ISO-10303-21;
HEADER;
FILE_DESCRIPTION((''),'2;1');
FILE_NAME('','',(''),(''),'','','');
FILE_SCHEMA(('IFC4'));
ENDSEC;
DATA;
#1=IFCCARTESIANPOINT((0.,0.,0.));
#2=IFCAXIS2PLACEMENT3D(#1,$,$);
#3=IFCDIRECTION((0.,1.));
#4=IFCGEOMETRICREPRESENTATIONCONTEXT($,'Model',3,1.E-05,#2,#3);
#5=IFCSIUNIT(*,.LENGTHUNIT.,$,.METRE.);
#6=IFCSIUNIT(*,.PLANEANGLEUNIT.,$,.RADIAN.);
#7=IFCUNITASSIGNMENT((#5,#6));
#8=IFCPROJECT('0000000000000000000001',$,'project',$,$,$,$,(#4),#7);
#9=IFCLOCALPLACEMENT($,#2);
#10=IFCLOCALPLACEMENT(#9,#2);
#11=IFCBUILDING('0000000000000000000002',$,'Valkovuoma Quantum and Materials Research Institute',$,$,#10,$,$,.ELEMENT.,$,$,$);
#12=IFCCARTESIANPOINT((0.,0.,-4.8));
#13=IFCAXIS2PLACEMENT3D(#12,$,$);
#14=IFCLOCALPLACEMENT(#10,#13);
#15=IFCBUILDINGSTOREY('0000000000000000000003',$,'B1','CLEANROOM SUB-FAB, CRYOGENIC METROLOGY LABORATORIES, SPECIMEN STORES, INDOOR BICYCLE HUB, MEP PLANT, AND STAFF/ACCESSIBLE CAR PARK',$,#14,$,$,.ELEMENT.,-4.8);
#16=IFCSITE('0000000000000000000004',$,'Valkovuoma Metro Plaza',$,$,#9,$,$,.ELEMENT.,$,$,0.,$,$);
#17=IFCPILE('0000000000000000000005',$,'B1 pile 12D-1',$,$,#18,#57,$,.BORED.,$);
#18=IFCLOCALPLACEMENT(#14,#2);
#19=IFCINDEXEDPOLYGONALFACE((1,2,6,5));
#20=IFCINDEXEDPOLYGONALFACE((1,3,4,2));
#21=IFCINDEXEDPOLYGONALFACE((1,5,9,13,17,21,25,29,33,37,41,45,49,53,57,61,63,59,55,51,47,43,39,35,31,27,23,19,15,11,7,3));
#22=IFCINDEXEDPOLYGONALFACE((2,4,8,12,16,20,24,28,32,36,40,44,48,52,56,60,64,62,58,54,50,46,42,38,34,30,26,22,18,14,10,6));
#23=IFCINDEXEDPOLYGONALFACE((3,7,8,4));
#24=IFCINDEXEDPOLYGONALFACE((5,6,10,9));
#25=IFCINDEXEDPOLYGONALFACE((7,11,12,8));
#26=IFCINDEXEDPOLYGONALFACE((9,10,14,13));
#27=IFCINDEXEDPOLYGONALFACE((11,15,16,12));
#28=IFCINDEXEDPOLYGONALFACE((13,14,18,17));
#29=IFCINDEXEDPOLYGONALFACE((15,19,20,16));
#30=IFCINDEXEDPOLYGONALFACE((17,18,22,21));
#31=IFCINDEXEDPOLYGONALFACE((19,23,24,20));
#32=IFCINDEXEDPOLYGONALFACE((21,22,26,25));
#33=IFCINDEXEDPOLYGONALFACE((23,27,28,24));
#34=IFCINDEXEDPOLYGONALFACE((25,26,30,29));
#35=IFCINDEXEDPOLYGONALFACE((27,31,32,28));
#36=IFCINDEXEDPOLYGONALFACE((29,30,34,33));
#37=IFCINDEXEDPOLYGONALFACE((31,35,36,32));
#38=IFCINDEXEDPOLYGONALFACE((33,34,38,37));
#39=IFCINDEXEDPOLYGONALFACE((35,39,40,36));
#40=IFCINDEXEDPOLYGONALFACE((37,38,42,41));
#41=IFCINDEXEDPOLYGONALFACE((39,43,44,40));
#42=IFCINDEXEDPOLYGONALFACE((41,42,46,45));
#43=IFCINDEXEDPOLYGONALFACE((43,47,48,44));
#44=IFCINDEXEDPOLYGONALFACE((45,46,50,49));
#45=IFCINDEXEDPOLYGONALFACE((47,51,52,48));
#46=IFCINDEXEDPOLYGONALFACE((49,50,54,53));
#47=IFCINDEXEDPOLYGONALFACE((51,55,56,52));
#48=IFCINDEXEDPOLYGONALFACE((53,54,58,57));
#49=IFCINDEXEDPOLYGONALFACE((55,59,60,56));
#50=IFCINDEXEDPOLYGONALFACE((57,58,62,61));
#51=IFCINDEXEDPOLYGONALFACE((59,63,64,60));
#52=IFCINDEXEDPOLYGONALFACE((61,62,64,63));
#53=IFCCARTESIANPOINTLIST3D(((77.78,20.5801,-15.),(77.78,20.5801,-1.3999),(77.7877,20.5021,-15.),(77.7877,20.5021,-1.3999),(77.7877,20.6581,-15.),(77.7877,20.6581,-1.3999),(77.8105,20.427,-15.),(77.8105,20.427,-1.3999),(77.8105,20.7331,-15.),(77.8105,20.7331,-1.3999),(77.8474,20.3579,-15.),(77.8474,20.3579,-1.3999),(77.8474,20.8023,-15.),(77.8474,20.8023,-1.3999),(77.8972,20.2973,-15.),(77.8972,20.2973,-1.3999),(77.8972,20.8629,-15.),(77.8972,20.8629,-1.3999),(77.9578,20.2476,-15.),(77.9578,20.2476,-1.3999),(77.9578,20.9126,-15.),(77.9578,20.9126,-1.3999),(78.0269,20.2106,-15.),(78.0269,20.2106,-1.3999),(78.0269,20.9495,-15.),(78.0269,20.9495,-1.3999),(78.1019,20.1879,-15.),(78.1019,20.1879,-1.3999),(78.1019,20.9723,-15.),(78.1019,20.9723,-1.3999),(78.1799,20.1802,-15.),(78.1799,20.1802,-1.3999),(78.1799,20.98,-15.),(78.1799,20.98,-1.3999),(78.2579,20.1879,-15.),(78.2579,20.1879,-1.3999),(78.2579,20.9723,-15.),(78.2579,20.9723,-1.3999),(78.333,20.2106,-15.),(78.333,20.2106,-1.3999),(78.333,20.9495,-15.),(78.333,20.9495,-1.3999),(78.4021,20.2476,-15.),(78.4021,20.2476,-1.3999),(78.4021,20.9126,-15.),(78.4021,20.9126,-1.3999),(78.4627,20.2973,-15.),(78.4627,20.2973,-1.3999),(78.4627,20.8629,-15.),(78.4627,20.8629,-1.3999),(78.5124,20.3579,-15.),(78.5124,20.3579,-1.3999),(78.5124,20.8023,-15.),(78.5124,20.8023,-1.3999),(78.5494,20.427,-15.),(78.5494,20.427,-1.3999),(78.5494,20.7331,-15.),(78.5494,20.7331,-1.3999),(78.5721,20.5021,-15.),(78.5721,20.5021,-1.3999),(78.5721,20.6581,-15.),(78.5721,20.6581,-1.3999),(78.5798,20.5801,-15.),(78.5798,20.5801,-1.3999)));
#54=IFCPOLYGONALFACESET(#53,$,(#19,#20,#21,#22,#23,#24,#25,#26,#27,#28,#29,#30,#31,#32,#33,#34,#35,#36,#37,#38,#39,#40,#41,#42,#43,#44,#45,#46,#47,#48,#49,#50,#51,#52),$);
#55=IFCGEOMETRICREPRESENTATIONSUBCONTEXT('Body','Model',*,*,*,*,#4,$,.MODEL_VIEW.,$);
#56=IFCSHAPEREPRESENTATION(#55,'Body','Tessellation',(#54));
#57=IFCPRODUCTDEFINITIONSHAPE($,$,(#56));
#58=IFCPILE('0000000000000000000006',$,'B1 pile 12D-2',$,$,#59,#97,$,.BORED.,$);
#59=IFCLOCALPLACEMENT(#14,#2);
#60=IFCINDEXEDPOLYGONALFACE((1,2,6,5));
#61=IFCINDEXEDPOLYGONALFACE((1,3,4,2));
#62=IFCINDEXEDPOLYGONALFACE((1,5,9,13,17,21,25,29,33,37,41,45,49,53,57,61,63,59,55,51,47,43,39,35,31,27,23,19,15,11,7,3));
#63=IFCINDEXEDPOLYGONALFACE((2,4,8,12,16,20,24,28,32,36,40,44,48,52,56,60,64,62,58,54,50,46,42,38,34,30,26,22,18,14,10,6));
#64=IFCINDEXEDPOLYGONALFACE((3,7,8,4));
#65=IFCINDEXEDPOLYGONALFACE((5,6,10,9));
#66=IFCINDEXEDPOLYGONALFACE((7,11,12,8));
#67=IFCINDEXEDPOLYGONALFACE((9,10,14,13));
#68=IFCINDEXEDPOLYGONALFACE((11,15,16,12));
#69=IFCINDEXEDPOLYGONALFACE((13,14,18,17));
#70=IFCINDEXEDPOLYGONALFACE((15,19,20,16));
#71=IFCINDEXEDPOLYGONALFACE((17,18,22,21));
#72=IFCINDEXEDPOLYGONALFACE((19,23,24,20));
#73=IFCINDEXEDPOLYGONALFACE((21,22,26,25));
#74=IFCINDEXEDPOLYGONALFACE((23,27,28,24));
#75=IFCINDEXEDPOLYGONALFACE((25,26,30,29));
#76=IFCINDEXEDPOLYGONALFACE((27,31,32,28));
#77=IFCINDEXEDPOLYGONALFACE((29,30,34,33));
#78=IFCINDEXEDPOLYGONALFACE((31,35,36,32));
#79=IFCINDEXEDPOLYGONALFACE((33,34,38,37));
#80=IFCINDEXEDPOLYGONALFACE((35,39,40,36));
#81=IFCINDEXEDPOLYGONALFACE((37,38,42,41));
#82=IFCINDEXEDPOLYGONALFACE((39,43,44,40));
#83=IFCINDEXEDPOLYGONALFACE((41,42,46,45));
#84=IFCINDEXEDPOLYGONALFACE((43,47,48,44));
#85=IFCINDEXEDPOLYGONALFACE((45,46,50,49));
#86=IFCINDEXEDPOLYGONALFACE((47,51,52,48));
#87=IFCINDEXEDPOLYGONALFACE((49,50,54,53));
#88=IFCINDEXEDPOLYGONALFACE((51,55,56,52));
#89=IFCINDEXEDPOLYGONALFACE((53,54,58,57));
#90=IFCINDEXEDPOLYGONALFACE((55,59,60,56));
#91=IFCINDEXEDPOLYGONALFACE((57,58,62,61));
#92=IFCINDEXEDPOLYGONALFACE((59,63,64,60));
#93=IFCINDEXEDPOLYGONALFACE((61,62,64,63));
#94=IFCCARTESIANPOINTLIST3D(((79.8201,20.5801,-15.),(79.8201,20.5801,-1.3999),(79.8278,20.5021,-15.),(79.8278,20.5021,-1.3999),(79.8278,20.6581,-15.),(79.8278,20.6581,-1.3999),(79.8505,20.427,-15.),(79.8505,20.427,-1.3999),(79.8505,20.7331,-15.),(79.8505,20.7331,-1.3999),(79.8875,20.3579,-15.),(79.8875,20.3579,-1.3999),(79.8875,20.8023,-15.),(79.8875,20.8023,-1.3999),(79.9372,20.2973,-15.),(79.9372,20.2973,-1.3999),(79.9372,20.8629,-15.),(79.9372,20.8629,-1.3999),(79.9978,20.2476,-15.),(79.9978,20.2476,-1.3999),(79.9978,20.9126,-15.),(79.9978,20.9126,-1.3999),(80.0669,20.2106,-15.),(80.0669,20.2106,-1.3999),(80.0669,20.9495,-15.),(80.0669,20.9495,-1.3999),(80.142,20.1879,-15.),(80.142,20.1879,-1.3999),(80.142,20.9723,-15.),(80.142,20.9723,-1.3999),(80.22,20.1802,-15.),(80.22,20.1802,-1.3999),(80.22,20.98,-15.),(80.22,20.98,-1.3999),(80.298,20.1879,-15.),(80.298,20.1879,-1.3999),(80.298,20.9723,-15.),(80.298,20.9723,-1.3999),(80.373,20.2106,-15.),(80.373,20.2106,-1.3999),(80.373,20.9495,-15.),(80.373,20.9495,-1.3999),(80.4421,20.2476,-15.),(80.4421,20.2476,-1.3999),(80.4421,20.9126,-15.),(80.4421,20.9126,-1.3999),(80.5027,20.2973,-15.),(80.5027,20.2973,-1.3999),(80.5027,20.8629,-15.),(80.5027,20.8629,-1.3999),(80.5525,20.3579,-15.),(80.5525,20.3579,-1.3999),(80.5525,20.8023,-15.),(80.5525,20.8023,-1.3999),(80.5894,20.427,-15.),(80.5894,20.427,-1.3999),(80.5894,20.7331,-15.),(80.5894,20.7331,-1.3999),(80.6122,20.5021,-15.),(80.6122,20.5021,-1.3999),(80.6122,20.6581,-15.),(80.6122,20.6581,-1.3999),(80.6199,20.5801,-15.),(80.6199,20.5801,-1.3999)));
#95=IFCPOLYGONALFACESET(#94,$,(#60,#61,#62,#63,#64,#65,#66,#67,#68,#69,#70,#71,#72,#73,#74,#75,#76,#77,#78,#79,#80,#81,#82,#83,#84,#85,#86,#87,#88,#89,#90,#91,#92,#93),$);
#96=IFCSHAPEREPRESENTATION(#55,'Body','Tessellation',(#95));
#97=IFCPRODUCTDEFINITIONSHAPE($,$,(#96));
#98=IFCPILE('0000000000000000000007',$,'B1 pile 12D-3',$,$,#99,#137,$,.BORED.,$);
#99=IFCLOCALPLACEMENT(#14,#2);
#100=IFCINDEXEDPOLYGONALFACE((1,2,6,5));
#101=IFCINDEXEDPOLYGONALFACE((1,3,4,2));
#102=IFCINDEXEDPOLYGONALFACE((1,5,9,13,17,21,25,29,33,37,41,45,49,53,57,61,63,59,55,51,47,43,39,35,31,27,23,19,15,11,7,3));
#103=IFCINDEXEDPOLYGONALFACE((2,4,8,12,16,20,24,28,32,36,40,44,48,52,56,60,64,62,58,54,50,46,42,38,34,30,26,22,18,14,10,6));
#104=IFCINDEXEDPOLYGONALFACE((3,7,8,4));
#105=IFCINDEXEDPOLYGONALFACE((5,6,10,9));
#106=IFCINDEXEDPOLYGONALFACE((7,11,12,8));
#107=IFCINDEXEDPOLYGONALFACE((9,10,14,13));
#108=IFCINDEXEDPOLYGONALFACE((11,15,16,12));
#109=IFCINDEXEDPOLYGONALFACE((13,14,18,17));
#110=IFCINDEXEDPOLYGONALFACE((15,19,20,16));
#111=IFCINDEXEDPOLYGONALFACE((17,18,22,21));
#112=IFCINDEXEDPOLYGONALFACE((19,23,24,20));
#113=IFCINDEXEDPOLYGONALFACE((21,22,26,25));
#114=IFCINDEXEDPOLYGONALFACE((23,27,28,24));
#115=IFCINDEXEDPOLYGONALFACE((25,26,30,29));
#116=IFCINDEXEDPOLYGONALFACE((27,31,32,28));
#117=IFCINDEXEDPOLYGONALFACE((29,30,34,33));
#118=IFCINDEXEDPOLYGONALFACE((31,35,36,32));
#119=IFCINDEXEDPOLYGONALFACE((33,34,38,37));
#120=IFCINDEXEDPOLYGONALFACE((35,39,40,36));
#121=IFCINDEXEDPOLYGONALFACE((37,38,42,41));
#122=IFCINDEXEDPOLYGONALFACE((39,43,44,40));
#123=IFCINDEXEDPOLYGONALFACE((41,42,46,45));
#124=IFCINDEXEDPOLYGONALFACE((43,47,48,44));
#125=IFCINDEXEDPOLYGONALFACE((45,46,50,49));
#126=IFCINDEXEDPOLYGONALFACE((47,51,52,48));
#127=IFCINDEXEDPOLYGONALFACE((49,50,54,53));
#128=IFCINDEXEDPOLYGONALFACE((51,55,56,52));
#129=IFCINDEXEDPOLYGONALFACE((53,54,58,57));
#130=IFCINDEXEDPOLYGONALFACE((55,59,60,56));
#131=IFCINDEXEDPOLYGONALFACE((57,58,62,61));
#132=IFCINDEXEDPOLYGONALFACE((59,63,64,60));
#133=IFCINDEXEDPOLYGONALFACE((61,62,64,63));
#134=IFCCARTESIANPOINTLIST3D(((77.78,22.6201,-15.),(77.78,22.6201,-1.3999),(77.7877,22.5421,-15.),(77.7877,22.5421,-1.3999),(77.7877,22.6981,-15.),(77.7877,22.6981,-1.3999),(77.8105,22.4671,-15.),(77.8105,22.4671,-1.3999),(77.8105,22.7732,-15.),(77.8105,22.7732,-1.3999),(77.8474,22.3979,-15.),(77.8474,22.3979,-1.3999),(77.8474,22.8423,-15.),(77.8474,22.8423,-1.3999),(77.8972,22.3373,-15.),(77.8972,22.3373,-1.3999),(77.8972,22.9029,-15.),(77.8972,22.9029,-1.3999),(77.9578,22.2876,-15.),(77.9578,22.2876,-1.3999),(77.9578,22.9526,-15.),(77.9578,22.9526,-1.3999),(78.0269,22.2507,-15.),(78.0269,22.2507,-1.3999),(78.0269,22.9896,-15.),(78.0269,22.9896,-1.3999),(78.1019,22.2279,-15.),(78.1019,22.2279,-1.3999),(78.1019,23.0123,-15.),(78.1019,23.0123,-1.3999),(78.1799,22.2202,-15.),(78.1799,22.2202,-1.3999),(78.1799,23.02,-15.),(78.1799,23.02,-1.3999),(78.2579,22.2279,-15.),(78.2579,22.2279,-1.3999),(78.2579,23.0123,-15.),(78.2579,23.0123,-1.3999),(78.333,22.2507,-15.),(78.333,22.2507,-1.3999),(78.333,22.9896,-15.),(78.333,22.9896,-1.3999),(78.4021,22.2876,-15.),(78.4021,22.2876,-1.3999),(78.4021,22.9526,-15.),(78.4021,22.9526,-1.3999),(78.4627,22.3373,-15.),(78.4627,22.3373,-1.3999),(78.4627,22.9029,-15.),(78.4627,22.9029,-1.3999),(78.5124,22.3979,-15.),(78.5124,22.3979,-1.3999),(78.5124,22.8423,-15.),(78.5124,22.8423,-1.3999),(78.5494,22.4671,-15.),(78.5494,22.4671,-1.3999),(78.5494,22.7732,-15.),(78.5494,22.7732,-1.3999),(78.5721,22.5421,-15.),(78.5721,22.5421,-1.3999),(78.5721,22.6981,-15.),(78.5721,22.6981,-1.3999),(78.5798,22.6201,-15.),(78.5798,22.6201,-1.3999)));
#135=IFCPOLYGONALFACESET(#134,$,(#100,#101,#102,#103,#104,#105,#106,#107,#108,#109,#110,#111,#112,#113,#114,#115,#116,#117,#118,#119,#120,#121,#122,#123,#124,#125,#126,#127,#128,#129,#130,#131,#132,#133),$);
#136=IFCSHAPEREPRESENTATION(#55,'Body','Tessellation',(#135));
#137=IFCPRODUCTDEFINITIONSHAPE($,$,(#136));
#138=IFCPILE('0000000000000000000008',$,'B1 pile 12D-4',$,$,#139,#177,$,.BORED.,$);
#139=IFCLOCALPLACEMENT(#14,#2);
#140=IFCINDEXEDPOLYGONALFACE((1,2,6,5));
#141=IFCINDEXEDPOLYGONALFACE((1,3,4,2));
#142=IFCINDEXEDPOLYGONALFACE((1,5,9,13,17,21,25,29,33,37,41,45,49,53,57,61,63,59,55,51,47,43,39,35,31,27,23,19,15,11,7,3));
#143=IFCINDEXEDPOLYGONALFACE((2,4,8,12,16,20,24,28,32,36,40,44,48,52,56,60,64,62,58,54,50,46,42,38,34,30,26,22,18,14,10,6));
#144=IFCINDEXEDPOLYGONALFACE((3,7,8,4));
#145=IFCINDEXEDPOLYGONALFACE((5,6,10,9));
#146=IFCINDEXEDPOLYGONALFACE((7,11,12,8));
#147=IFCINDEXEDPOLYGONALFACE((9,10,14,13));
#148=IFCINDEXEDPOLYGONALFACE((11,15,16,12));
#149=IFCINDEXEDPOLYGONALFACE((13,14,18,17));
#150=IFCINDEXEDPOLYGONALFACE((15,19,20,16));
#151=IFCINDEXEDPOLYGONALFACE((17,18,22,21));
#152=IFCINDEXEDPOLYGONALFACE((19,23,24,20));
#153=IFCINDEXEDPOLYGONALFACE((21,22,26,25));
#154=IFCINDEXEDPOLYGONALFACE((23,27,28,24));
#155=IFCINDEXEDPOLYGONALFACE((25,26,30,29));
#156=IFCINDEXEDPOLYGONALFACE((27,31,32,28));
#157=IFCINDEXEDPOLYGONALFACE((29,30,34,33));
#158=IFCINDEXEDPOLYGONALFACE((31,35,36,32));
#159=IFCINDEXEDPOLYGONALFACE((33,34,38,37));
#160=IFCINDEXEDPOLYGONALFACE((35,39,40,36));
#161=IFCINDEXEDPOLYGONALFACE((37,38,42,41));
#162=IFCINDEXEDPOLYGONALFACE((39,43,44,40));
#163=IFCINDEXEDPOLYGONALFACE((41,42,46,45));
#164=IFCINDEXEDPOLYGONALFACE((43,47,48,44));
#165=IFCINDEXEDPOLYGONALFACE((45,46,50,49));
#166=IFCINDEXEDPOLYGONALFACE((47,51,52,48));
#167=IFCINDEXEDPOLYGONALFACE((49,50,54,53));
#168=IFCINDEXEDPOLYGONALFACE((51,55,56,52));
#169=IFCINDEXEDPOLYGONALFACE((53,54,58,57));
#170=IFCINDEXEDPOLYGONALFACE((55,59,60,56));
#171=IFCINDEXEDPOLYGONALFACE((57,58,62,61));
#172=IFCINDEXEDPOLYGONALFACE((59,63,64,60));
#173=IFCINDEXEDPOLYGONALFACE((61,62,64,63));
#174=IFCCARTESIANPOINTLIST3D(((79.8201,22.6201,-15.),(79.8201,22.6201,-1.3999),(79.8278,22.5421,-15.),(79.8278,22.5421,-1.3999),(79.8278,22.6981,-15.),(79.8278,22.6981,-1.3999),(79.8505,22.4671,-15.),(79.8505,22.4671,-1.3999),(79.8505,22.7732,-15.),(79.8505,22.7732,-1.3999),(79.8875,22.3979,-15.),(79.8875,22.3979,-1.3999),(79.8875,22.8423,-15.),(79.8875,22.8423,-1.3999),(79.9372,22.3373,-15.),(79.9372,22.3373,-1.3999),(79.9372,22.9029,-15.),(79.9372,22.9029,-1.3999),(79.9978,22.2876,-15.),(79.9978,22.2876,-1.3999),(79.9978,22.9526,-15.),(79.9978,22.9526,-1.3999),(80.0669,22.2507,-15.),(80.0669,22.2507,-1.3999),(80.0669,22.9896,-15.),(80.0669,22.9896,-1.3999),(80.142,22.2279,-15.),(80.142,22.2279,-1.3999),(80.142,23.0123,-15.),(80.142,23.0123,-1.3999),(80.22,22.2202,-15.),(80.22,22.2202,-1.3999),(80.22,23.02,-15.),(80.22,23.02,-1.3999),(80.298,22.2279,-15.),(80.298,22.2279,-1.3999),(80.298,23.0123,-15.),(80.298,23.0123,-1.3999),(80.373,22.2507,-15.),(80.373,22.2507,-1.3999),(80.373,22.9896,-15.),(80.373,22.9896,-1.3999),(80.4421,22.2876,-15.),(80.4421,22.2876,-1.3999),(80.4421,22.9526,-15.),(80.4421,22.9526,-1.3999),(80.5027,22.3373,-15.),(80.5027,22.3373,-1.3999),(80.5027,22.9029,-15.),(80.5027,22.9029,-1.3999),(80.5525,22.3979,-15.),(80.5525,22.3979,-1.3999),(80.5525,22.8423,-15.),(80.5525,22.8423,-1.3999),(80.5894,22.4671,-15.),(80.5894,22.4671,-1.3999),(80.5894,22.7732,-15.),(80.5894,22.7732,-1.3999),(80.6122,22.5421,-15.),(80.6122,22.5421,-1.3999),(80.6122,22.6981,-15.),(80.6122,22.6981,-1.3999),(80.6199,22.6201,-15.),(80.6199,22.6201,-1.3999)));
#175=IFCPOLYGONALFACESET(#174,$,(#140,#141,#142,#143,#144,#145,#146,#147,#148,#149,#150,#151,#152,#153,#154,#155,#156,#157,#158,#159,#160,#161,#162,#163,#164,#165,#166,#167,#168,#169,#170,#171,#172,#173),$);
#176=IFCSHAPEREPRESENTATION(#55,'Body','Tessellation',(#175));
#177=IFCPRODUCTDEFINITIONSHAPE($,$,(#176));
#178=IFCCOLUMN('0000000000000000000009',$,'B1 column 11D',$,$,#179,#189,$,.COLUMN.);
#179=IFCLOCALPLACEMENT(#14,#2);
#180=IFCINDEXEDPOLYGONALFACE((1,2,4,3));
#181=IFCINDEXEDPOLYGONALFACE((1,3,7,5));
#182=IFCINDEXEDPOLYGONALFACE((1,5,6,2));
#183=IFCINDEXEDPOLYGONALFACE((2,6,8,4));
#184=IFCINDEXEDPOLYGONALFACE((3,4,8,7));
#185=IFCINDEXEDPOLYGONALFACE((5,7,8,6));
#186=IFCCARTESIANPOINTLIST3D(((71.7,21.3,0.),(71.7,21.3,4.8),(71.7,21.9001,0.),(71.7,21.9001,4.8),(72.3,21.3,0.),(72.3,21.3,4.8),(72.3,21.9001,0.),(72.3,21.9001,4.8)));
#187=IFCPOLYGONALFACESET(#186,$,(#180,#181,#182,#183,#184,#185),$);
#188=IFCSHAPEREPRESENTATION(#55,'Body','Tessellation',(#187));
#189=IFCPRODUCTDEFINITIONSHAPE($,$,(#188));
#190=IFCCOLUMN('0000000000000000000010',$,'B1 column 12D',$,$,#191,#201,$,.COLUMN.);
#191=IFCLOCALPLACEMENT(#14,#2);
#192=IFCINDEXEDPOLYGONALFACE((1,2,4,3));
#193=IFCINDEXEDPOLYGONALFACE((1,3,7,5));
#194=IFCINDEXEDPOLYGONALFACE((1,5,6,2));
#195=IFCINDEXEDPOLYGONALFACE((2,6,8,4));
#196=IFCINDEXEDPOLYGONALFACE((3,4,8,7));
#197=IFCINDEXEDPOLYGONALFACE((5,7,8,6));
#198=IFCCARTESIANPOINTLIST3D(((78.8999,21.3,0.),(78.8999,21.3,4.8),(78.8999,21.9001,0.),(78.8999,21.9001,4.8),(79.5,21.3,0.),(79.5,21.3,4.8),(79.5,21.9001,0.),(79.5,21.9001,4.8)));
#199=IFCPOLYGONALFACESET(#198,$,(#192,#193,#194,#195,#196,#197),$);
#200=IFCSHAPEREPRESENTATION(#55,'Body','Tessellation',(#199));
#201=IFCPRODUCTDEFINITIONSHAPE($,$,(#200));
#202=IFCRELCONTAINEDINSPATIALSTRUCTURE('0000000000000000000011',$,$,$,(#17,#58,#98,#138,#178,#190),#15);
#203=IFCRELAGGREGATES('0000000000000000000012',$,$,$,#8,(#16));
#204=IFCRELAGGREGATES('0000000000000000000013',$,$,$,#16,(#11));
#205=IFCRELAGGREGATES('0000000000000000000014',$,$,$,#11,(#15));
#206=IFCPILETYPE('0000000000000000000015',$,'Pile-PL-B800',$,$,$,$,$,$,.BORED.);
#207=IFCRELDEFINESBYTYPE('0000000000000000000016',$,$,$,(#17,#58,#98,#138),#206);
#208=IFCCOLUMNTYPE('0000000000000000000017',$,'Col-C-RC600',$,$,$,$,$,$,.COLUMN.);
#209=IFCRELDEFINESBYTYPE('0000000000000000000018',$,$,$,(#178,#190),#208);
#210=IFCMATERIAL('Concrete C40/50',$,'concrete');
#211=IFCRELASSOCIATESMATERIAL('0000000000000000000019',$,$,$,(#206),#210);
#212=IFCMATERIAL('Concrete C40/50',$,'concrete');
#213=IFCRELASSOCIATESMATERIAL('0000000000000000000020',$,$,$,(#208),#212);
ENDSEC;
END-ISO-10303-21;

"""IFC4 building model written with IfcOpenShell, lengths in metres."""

from ifc_helpers import new_model, si_unit, direction, frame, origin, origin_2d, place, context, subcontext, project, spatial, rectangle, circle, extrude, material, material_profile, profile_set, type_object, element, save


model = new_model("IFC4")

# Units and contexts
model_context = context("Model", 3, precision=1e-05, world=origin(), true_north=direction((0.0, 1.0)))
body_context = subcontext(model_context, "Body", "Model", "MODEL_VIEW")
ifc_project = project(units=[si_unit("LENGTHUNIT", "METRE"), si_unit("PLANEANGLEUNIT", "RADIAN")], contexts=[model_context])

# Site, building, storey
site_placement = place(None, origin())
site = spatial("IfcSite", under=ifc_project, at=site_placement, Name="Valkovuoma Metro Plaza", CompositionType="ELEMENT", RefElevation=0.0)
building_placement = place(site_placement, origin())
building = spatial("IfcBuilding", under=site, at=building_placement, Name="Valkovuoma Quantum and Materials Research Institute", CompositionType="ELEMENT")
storey_placement = place(building_placement, frame((0.0, 0.0, -4.8)))
storey = spatial("IfcBuildingStorey", under=building, at=storey_placement, Name="B1", Description="CLEANROOM SUB-FAB, CRYOGENIC METROLOGY LABORATORIES, SPECIMEN STORES, INDOOR BICYCLE HUB, MEP PLANT, AND STAFF/ACCESSIBLE CAR PARK", CompositionType="ELEMENT", Elevation=-4.8)

# Piles
ifc_material_1 = material(Name="Concrete C40/50", Category="concrete")
ifc_material_profile_1 = material_profile(ifc_material_1, circle(Radius=0.3999, at=origin_2d()), Name="Concrete C40/50")
ifc_profile_set_1 = profile_set([ifc_material_profile_1], Name="Concrete C40/50")
pile_type_1 = type_object("IfcPileType", Name="Pile-PL-B800", PredefinedType="BORED", material=ifc_profile_set_1)
for number, where, z_axis, x_axis, name in (
    (1, (78.1799, 20.5801, -1.3999), (0.0, 0.0, -1.0), (1.0, 0.0, 0.0), "B1 pile 12D-1"),
    (2, (80.22, 20.5801, -1.3999), (0.0, 0.0, -1.0), (1.0, 0.0, 0.0), "B1 pile 12D-2"),
    (3, (78.1799, 22.6201, -1.3999), (0.0, 0.0, -1.0), (1.0, 0.0, 0.0), "B1 pile 12D-3"),
    (4, (80.22, 22.6201, -1.3999), (0.0, 0.0, -1.0), (1.0, 0.0, 0.0), "B1 pile 12D-4"),
):
    element("IfcPile", number, at=place(storey_placement, frame(where, z_axis=z_axis, x_axis=x_axis)), inside=storey, type_object=pile_type_1, Name=name, PredefinedType="BORED", context=body_context, shape_type="SweptSolid", body=[
        extrude(circle(Radius=0.3999, at=origin_2d()), origin(), (0.0, 0.0, 1.0), 13.6001),
    ])

# Columns
ifc_material_2 = material(Name="Concrete C40/50", Category="concrete")
ifc_material_profile_2 = material_profile(ifc_material_2, rectangle(XDim=0.6001, YDim=0.6001, at=origin_2d()), Name="Concrete C40/50")
ifc_profile_set_2 = profile_set([ifc_material_profile_2], Name="Concrete C40/50")
column_type_1 = type_object("IfcColumnType", Name="Col-C-RC600", PredefinedType="COLUMN", material=ifc_profile_set_2)
for number, where, z_axis, x_axis, name in (
    (5, (72.0, 21.6001, 0.0), (0.0, 0.0, 1.0), (1.0, 0.0, 0.0), "B1 column 11D"),
    (6, (79.2, 21.6001, 0.0), (0.0, 0.0, 1.0), (1.0, 0.0, 0.0), "B1 column 12D"),
):
    element("IfcColumn", number, at=place(storey_placement, frame(where, z_axis=z_axis, x_axis=x_axis)), inside=storey, type_object=column_type_1, Name=name, PredefinedType="COLUMN", context=body_context, shape_type="SweptSolid", body=[
        extrude(rectangle(XDim=0.6001, YDim=0.6001, at=origin_2d()), origin(), (0.0, 0.0, 1.0), 4.8),
    ])

save(model, "model.ifc")
